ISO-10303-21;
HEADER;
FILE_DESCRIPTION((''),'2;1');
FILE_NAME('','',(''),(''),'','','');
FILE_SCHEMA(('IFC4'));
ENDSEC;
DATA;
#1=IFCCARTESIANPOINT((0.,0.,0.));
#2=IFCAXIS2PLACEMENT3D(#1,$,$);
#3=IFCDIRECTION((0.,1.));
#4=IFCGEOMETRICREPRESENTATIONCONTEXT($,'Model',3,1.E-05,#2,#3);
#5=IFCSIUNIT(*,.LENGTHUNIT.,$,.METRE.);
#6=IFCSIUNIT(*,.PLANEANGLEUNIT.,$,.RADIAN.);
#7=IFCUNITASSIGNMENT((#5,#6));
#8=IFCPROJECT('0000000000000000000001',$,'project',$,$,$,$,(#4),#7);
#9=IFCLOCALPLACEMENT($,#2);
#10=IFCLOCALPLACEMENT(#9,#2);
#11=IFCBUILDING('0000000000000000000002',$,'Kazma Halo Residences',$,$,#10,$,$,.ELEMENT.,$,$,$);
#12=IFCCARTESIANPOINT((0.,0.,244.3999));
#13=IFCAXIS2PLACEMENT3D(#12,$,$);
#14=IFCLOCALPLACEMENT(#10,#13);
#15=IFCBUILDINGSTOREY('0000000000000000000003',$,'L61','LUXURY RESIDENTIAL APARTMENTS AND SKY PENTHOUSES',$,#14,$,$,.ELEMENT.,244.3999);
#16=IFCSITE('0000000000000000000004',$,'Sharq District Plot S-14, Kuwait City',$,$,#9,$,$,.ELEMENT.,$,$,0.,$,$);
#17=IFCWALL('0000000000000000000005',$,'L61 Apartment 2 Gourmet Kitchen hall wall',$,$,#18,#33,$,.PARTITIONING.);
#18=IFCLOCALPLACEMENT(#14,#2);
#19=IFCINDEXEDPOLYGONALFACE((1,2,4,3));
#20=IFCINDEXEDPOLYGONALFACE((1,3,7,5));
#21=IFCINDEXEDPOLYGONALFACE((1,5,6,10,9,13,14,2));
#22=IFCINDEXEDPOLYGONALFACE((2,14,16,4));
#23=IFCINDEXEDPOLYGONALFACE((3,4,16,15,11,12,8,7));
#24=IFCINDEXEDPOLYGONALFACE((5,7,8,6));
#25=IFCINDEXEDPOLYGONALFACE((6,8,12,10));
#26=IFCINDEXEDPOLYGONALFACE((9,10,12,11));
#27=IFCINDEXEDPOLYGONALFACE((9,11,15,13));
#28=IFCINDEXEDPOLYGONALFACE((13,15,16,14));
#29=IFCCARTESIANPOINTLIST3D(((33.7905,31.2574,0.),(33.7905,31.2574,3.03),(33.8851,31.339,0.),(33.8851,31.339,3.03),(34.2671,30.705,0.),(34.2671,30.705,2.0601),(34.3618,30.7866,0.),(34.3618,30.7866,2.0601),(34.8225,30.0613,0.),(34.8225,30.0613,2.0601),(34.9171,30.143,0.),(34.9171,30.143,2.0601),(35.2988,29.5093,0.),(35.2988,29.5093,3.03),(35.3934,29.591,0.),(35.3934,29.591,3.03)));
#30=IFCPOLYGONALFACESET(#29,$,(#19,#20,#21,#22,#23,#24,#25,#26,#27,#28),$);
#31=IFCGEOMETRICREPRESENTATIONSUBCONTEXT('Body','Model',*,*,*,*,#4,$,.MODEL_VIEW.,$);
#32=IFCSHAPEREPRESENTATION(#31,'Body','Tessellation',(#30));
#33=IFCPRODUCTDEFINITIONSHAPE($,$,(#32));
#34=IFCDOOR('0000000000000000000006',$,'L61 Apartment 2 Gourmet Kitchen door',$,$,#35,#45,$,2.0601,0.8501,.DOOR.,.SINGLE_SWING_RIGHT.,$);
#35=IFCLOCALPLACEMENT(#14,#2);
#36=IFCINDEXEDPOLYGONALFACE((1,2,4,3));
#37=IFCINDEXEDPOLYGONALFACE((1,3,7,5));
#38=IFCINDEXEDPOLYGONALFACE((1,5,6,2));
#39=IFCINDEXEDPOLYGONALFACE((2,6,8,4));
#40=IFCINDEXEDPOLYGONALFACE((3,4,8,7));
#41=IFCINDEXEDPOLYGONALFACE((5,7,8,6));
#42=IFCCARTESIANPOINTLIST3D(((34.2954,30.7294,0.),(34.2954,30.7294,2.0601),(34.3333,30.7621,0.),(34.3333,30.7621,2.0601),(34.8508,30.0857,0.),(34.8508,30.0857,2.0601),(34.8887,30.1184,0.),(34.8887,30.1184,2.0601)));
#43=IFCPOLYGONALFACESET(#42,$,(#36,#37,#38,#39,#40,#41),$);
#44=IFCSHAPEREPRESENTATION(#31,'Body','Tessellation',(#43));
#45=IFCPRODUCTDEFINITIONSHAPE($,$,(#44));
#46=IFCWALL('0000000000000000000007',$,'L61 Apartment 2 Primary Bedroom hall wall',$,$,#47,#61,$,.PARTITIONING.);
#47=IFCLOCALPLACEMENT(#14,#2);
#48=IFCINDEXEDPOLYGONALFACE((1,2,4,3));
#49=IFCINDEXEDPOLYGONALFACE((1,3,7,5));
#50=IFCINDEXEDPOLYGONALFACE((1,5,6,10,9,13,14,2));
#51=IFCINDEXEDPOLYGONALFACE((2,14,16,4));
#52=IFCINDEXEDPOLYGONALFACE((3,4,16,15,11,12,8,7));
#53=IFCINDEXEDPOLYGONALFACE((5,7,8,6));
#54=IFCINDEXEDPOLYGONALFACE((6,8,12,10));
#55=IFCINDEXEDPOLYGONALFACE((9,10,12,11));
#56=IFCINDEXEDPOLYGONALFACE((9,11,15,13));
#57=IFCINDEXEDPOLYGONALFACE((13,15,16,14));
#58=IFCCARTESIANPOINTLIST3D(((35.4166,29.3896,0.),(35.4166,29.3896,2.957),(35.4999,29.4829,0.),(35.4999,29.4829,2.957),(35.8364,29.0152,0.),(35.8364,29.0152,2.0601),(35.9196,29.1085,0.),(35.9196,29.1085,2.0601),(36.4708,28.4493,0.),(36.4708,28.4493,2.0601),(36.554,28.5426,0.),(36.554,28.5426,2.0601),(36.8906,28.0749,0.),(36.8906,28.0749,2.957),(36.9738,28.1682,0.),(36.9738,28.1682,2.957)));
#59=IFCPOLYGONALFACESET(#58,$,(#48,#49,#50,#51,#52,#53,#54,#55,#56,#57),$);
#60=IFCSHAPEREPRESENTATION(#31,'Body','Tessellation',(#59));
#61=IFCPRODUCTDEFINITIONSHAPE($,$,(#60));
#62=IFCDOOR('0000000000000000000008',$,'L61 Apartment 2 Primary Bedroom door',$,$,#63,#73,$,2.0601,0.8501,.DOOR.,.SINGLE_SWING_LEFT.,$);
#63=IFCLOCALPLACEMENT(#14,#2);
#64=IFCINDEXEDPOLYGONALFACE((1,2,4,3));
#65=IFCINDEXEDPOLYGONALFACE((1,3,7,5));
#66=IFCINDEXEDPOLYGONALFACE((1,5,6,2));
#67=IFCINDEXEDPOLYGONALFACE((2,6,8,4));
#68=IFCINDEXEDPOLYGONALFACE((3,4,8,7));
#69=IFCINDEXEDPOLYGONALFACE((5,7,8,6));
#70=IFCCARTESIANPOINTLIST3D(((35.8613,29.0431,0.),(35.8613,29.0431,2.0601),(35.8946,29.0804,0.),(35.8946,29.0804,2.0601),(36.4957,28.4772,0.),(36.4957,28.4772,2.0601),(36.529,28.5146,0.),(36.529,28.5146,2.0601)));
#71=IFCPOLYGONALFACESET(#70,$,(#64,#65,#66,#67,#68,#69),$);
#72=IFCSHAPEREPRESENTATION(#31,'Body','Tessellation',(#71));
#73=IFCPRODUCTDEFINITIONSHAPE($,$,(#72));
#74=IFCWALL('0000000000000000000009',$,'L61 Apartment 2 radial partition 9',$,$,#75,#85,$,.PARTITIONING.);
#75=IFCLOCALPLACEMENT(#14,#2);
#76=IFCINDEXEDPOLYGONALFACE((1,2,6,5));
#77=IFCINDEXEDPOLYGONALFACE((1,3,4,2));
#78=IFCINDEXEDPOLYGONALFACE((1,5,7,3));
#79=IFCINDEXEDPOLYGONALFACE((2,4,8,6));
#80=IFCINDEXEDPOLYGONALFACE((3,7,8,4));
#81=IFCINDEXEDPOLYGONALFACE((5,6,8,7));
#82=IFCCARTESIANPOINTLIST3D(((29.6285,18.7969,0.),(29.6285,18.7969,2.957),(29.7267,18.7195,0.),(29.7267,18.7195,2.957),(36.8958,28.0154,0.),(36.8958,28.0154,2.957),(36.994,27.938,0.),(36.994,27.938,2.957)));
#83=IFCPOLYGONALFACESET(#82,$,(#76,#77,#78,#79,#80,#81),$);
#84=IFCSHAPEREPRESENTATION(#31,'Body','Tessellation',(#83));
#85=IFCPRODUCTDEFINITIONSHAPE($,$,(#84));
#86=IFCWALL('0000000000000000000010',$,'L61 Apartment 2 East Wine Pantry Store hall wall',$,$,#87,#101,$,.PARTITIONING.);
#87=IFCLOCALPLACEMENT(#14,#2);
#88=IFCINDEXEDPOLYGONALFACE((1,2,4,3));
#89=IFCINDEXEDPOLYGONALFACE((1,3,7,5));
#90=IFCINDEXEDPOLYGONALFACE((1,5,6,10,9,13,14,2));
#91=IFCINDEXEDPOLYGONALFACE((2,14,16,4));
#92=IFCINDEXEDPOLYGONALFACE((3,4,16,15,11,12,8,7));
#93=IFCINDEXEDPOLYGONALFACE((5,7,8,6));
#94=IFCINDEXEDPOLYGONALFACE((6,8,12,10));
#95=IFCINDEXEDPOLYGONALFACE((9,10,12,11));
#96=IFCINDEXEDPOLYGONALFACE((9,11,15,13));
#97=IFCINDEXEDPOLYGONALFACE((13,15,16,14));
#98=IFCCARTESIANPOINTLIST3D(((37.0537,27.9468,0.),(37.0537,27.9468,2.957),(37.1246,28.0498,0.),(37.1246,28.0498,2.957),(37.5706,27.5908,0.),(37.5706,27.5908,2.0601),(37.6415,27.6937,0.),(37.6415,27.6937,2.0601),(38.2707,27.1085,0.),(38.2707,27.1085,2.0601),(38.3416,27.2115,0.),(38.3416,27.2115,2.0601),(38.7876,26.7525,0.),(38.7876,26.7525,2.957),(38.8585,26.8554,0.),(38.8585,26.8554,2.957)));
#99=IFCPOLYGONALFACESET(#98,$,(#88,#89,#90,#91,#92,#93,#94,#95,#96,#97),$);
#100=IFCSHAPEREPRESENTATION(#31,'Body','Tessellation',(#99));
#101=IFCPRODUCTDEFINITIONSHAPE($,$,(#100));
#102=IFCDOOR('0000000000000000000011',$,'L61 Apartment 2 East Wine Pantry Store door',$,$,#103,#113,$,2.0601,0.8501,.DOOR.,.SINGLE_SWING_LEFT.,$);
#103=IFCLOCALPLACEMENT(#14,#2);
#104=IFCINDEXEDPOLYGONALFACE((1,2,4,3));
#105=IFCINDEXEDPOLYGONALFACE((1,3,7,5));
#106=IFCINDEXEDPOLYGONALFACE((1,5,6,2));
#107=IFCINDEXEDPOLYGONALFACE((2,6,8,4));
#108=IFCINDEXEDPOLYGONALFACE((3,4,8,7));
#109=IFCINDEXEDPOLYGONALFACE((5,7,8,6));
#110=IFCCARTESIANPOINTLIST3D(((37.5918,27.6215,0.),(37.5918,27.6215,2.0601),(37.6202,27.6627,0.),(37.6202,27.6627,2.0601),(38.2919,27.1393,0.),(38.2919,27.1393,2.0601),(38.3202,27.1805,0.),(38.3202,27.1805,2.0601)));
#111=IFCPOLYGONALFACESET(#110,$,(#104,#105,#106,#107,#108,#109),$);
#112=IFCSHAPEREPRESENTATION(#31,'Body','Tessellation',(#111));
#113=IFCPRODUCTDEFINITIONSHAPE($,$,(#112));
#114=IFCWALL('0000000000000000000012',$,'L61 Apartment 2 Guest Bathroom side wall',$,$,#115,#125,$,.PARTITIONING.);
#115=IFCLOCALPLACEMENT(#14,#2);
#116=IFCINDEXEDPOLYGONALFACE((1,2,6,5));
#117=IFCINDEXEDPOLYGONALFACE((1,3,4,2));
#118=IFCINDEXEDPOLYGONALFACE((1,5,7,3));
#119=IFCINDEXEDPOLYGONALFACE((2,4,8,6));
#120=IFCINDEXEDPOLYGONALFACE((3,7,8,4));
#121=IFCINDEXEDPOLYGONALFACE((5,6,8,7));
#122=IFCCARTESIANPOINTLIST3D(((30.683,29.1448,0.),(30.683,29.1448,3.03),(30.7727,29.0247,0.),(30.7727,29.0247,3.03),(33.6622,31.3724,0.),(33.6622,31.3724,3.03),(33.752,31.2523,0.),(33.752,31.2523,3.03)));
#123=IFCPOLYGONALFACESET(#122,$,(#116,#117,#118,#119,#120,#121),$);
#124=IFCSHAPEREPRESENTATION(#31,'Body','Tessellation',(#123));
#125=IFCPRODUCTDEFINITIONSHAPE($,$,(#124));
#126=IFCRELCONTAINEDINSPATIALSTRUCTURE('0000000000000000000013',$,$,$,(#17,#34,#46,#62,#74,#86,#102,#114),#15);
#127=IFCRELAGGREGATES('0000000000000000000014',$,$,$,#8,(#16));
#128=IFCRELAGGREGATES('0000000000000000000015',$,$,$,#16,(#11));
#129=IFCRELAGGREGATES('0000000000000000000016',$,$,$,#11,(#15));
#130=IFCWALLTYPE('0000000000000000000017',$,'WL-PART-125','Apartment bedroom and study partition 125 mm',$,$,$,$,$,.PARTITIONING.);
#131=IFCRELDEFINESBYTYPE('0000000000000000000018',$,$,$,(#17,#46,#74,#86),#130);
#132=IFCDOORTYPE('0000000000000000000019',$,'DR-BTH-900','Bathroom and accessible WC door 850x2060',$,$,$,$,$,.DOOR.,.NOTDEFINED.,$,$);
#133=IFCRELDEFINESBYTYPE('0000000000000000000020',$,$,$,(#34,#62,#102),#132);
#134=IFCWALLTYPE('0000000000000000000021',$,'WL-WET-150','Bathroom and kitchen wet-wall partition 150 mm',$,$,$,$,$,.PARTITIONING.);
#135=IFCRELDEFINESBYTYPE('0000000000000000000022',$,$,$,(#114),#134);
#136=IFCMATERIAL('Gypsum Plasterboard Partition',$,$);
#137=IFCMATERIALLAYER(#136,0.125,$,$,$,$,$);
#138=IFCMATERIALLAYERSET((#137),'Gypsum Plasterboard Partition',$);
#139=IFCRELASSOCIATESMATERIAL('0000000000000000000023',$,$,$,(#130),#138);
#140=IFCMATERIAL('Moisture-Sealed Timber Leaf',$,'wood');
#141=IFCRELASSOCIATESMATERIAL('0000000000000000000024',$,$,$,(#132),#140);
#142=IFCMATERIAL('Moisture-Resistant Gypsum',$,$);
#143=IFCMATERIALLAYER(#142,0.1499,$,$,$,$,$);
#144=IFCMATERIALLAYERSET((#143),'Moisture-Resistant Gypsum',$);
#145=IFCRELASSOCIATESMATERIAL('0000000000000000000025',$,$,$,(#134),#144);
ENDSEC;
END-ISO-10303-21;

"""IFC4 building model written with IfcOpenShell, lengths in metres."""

from ifc_helpers import new_model, si_unit, direction, frame, frame_2d, origin, place, context, subcontext, project, spatial, rectangle, extrude, material, layer, layer_set, type_object, element, fill, save


model = new_model("IFC4")

# Units and contexts
model_context = context("Model", 3, precision=1e-05, world=origin(), true_north=direction((0.0, 1.0)))
body_context = subcontext(model_context, "Body", "Model", "MODEL_VIEW")
ifc_project = project(units=[si_unit("LENGTHUNIT", "METRE"), si_unit("PLANEANGLEUNIT", "RADIAN")], contexts=[model_context])

# Site, building, storey
site_placement = place(None, origin())
site = spatial("IfcSite", under=ifc_project, at=site_placement, Name="Sharq District Plot S-14, Kuwait City", CompositionType="ELEMENT", RefElevation=0.0)
building_placement = place(site_placement, origin())
building = spatial("IfcBuilding", under=site, at=building_placement, Name="Kazma Halo Residences", CompositionType="ELEMENT")
storey_placement = place(building_placement, frame((0.0, 0.0, 244.3999)))
storey = spatial("IfcBuildingStorey", under=building, at=storey_placement, Name="L61", Description="LUXURY RESIDENTIAL APARTMENTS AND SKY PENTHOUSES", CompositionType="ELEMENT", Elevation=244.3999)

# Shared definitions
ifc_material_1 = material(Name="Gypsum Plasterboard Partition")
ifc_layer_1 = layer(ifc_material_1, 0.125)
ifc_layer_set_1 = layer_set([ifc_layer_1], Name="Gypsum Plasterboard Partition")
wall_type_1 = type_object("IfcWallType", Name="WL-PART-125", Description="Apartment bedroom and study partition 125 mm", PredefinedType="PARTITIONING", material=ifc_layer_set_1)

# Walls, openings, doors
wall_1_placement = place(storey_placement, frame((33.8379, 31.2981, 0.0), z_axis=(0.0, 0.0, 1.0), x_axis=(0.653278, -0.757118, 0.0)))
wall_1 = element("IfcWall", 1, at=wall_1_placement, inside=storey, type_object=wall_type_1, Name="L61 Apartment 2 Gourmet Kitchen hall wall", PredefinedType="PARTITIONING", context=body_context, shape_type="SweptSolid", body=[
    extrude(rectangle(XDim=2.3088, YDim=0.125, at=frame_2d((1.1543, 0.0))), origin(), (0.0, 0.0, 1.0), 3.03),
])
opening_1_placement = place(wall_1_placement, frame((0.7295, 0.0, 0.0)))
opening_1 = element("IfcOpeningElement", 2, at=opening_1_placement, cuts=wall_1, PredefinedType="OPENING", context=body_context, shape_type="SweptSolid", body=[
    extrude(rectangle(XDim=0.8501, YDim=2.0601, at=frame_2d((0.425, 1.03))), frame((0.0, 0.0725, 0.0), z_axis=(0.0, -1.0, 0.0), x_axis=(1.0, 0.0, 0.0)), (0.0, 0.0, 1.0), 0.145),
])
ifc_material_2 = material(Name="Moisture-Sealed Timber Leaf", Category="wood")
door_type = type_object("IfcDoorType", Name="DR-BTH-900", Description="Bathroom and accessible WC door 850x2060", OperationType="NOTDEFINED", PredefinedType="DOOR", material=ifc_material_2)
door_1_placement = place(opening_1_placement, origin())
door_1 = element("IfcDoor", 3, at=door_1_placement, inside=storey, type_object=door_type, Name="L61 Apartment 2 Gourmet Kitchen door", OperationType="SINGLE_SWING_RIGHT", OverallHeight=2.0601, OverallWidth=0.8501, PredefinedType="DOOR", context=body_context, shape_type="SweptSolid", body=[
    extrude(rectangle(XDim=0.8501, YDim=2.0601, at=frame_2d((0.425, 1.03))), frame((0.0, 0.0249, 0.0), z_axis=(0.0, -1.0, 0.0), x_axis=(1.0, 0.0, 0.0)), (0.0, 0.0, 1.0), 0.05),
])
fill(opening_1, door_1)
wall_2_placement = place(storey_placement, frame((35.4583, 29.4363, 0.0), z_axis=(0.0, 0.0, 1.0), x_axis=(0.746256, -0.66566, 0.0)))
wall_2 = element("IfcWall", 4, at=wall_2_placement, inside=storey, type_object=wall_type_1, Name="L61 Apartment 2 Primary Bedroom hall wall", PredefinedType="PARTITIONING", context=body_context, shape_type="SweptSolid", body=[
    extrude(rectangle(XDim=1.9751, YDim=0.125, at=frame_2d((0.9875, 0.0))), origin(), (0.0, 0.0, 1.0), 2.957),
])
opening_2_placement = place(wall_2_placement, frame((0.5625, 0.0, 0.0)))
opening_2 = element("IfcOpeningElement", 5, at=opening_2_placement, cuts=wall_2, PredefinedType="OPENING", context=body_context, shape_type="SweptSolid", body=[
    extrude(rectangle(XDim=0.8501, YDim=2.0601, at=frame_2d((0.425, 1.03))), frame((0.0, 0.0725, 0.0), z_axis=(0.0, -1.0, 0.0), x_axis=(1.0, 0.0, 0.0)), (0.0, 0.0, 1.0), 0.145),
])
door_2_placement = place(opening_2_placement, origin())
door_2 = element("IfcDoor", 6, at=door_2_placement, inside=storey, type_object=door_type, Name="L61 Apartment 2 Primary Bedroom door", OperationType="SINGLE_SWING_LEFT", OverallHeight=2.0601, OverallWidth=0.8501, PredefinedType="DOOR", context=body_context, shape_type="SweptSolid", body=[
    extrude(rectangle(XDim=0.8501, YDim=2.0601, at=frame_2d((0.425, 1.03))), frame((0.0, 0.0249, 0.0), z_axis=(0.0, -1.0, 0.0), x_axis=(1.0, 0.0, 0.0)), (0.0, 0.0, 1.0), 0.05),
])
fill(opening_2, door_2)

# Wall
wall_3_placement = place(storey_placement, frame((36.9448, 27.9766, 0.0), z_axis=(0.0, 0.0, 1.0), x_axis=(-0.619097, -0.785315, 0.0)))
element("IfcWall", 7, at=wall_3_placement, inside=storey, type_object=wall_type_1, Name="L61 Apartment 2 radial partition 9", PredefinedType="PARTITIONING", context=body_context, shape_type="SweptSolid", body=[
    extrude(rectangle(XDim=11.7385, YDim=0.125, at=frame_2d((5.8691, 0.0))), origin(), (0.0, 0.0, 1.0), 2.957),
])

# Wall, opening, door
wall_4_placement = place(storey_placement, frame((37.0891, 27.9983, 0.0), z_axis=(0.0, 0.0, 1.0), x_axis=(0.823534, -0.567267, 0.0)))
wall_4 = element("IfcWall", 8, at=wall_4_placement, inside=storey, type_object=wall_type_1, Name="L61 Apartment 2 East Wine Pantry Store hall wall", PredefinedType="PARTITIONING", context=body_context, shape_type="SweptSolid", body=[
    extrude(rectangle(XDim=2.1055, YDim=0.125, at=frame_2d((1.0527, 0.0))), origin(), (0.0, 0.0, 1.0), 2.957),
])
opening_3_placement = place(wall_4_placement, frame((0.6277, 0.0, 0.0)))
opening_3 = element("IfcOpeningElement", 9, at=opening_3_placement, cuts=wall_4, PredefinedType="OPENING", context=body_context, shape_type="SweptSolid", body=[
    extrude(rectangle(XDim=0.8501, YDim=2.0601, at=frame_2d((0.425, 1.03))), frame((0.0, 0.0725, 0.0), z_axis=(0.0, -1.0, 0.0), x_axis=(1.0, 0.0, 0.0)), (0.0, 0.0, 1.0), 0.145),
])
door_3_placement = place(opening_3_placement, origin())
door_3 = element("IfcDoor", 10, at=door_3_placement, inside=storey, type_object=door_type, Name="L61 Apartment 2 East Wine Pantry Store door", OperationType="SINGLE_SWING_LEFT", OverallHeight=2.0601, OverallWidth=0.8501, PredefinedType="DOOR", context=body_context, shape_type="SweptSolid", body=[
    extrude(rectangle(XDim=0.8501, YDim=2.0601, at=frame_2d((0.425, 1.03))), frame((0.0, 0.0249, 0.0), z_axis=(0.0, -1.0, 0.0), x_axis=(1.0, 0.0, 0.0)), (0.0, 0.0, 1.0), 0.05),
])
fill(opening_3, door_3)

# Wall
ifc_material_3 = material(Name="Moisture-Resistant Gypsum")
ifc_layer_2 = layer(ifc_material_3, 0.1499)
ifc_layer_set_2 = layer_set([ifc_layer_2], Name="Moisture-Resistant Gypsum")
wall_type_2 = type_object("IfcWallType", Name="WL-WET-150", Description="Bathroom and kitchen wet-wall partition 150 mm", PredefinedType="PARTITIONING", material=ifc_layer_set_2)
wall_5_placement = place(storey_placement, frame((33.707, 31.3123, 0.0), z_axis=(0.0, 0.0, 1.0), x_axis=(-0.800889, -0.598813, 0.0)))
element("IfcWall", 11, at=wall_5_placement, inside=storey, type_object=wall_type_2, Name="L61 Apartment 2 Guest Bathroom side wall", PredefinedType="PARTITIONING", context=body_context, shape_type="SweptSolid", body=[
    extrude(rectangle(XDim=3.72, YDim=0.1499, at=frame_2d((1.8599, 0.0))), origin(), (0.0, 0.0, 1.0), 3.03),
])

save(model, "model.ifc")
